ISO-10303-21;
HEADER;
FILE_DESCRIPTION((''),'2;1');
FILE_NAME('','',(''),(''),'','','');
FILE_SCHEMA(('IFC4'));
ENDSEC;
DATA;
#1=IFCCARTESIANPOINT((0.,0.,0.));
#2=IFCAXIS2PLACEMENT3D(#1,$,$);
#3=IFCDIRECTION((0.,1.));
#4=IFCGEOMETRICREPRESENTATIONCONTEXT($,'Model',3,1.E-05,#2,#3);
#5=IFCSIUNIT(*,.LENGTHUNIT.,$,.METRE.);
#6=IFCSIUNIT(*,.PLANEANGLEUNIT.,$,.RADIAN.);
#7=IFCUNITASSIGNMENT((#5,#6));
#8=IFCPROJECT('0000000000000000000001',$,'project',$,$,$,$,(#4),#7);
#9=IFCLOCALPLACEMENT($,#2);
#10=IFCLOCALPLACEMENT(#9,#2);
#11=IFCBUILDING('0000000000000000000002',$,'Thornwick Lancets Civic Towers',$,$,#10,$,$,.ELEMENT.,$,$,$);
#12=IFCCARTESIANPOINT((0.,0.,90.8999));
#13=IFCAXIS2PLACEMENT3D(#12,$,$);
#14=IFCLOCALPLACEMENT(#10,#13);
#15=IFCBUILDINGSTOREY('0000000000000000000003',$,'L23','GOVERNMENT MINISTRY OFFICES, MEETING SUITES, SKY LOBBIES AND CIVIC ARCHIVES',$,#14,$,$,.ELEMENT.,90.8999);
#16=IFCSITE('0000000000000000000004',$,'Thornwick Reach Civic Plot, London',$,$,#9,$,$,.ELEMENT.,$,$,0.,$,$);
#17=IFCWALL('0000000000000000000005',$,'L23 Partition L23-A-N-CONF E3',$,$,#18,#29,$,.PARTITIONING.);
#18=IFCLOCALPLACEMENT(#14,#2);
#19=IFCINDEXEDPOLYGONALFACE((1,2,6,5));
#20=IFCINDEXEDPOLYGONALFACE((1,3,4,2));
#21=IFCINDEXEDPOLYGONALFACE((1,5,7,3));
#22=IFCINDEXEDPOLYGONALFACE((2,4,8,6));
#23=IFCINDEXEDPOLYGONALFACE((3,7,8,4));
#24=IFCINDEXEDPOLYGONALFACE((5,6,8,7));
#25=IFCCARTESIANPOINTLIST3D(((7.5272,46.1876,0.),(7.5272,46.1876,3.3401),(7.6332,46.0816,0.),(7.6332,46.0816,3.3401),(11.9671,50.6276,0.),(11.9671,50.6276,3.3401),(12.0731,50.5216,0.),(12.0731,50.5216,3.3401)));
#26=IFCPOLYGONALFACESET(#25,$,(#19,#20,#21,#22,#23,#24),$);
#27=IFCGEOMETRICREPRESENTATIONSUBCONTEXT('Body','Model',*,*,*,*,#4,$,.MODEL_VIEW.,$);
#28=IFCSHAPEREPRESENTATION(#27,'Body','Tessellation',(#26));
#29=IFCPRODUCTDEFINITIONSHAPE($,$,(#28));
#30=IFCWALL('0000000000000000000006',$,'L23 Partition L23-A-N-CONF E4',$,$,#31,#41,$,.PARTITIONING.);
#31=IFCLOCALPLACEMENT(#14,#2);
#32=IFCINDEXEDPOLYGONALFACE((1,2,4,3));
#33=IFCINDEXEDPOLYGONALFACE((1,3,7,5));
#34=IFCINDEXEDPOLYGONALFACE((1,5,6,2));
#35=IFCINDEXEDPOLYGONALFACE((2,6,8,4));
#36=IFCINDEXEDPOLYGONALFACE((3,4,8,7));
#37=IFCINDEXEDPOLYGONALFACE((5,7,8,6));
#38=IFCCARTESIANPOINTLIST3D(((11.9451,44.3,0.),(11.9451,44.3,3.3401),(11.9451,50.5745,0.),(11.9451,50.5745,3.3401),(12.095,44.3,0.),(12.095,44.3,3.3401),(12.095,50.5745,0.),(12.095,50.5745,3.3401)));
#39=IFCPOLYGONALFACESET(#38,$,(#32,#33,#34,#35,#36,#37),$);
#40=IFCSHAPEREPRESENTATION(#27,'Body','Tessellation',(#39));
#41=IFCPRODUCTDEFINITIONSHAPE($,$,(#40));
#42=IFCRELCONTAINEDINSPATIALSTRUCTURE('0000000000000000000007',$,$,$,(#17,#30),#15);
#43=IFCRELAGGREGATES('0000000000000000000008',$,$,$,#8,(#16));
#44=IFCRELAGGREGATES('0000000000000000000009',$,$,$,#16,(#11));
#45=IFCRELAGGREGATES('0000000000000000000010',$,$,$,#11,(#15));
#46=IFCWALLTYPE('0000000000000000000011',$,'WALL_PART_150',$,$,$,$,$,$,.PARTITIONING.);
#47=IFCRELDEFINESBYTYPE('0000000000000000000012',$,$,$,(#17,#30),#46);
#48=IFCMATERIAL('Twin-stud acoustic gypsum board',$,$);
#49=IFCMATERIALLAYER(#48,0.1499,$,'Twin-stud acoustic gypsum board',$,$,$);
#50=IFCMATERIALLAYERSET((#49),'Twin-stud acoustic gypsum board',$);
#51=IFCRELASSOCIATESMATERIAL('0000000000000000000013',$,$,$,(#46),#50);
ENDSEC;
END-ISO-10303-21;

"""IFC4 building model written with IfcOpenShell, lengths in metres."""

from ifc_helpers import new_model, si_unit, direction, frame, frame_2d, origin, place, context, subcontext, project, spatial, rectangle, extrude, material, layer, layer_set, type_object, element, save


model = new_model("IFC4")

# Units and contexts
model_context = context("Model", 3, precision=1e-05, world=origin(), true_north=direction((0.0, 1.0)))
body_context = subcontext(model_context, "Body", "Model", "MODEL_VIEW")
ifc_project = project(units=[si_unit("LENGTHUNIT", "METRE"), si_unit("PLANEANGLEUNIT", "RADIAN")], contexts=[model_context])

# Site, building, storey
site_placement = place(None, origin())
site = spatial("IfcSite", under=ifc_project, at=site_placement, Name="Thornwick Reach Civic Plot, London", CompositionType="ELEMENT", RefElevation=0.0)
building_placement = place(site_placement, origin())
building = spatial("IfcBuilding", under=site, at=building_placement, Name="Thornwick Lancets Civic Towers", CompositionType="ELEMENT")
storey_placement = place(building_placement, frame((0.0, 0.0, 90.8999)))
storey = spatial("IfcBuildingStorey", under=building, at=storey_placement, Name="L23", Description="GOVERNMENT MINISTRY OFFICES, MEETING SUITES, SKY LOBBIES AND CIVIC ARCHIVES", CompositionType="ELEMENT", Elevation=90.8999)

# Walls
ifc_material_1 = material(Name="Twin-stud acoustic gypsum board")
ifc_layer_1 = layer(ifc_material_1, 0.1499, Name="Twin-stud acoustic gypsum board")
ifc_layer_set_1 = layer_set([ifc_layer_1], Name="Twin-stud acoustic gypsum board")
wall_type_1 = type_object("IfcWallType", Name="WALL_PART_150", PredefinedType="PARTITIONING", material=ifc_layer_set_1)
wall_1_placement = place(storey_placement, frame((7.5801, 46.1345, 0.0), z_axis=(0.0, 0.0, 1.0), x_axis=(0.707107, 0.707107, 0.0)))
element("IfcWall", 1, at=wall_1_placement, inside=storey, type_object=wall_type_1, Name="L23 Partition L23-A-N-CONF E3", PredefinedType="PARTITIONING", context=body_context, shape_type="SweptSolid", body=[
    extrude(rectangle(XDim=6.2791, YDim=0.1499, at=frame_2d((3.1396, 0.0))), origin(), (0.0, 0.0, 1.0), 3.3401),
])
wall_2_placement = place(storey_placement, frame((12.02, 50.5745, 0.0), z_axis=(0.0, 0.0, 1.0), x_axis=(0.0, -1.0, 0.0)))
element("IfcWall", 2, at=wall_2_placement, inside=storey, type_object=wall_type_1, Name="L23 Partition L23-A-N-CONF E4", PredefinedType="PARTITIONING", context=body_context, shape_type="SweptSolid", body=[
    extrude(rectangle(XDim=6.2744, YDim=0.1499, at=frame_2d((3.1372, 0.0))), origin(), (0.0, 0.0, 1.0), 3.3401),
])

save(model, "model.ifc")
